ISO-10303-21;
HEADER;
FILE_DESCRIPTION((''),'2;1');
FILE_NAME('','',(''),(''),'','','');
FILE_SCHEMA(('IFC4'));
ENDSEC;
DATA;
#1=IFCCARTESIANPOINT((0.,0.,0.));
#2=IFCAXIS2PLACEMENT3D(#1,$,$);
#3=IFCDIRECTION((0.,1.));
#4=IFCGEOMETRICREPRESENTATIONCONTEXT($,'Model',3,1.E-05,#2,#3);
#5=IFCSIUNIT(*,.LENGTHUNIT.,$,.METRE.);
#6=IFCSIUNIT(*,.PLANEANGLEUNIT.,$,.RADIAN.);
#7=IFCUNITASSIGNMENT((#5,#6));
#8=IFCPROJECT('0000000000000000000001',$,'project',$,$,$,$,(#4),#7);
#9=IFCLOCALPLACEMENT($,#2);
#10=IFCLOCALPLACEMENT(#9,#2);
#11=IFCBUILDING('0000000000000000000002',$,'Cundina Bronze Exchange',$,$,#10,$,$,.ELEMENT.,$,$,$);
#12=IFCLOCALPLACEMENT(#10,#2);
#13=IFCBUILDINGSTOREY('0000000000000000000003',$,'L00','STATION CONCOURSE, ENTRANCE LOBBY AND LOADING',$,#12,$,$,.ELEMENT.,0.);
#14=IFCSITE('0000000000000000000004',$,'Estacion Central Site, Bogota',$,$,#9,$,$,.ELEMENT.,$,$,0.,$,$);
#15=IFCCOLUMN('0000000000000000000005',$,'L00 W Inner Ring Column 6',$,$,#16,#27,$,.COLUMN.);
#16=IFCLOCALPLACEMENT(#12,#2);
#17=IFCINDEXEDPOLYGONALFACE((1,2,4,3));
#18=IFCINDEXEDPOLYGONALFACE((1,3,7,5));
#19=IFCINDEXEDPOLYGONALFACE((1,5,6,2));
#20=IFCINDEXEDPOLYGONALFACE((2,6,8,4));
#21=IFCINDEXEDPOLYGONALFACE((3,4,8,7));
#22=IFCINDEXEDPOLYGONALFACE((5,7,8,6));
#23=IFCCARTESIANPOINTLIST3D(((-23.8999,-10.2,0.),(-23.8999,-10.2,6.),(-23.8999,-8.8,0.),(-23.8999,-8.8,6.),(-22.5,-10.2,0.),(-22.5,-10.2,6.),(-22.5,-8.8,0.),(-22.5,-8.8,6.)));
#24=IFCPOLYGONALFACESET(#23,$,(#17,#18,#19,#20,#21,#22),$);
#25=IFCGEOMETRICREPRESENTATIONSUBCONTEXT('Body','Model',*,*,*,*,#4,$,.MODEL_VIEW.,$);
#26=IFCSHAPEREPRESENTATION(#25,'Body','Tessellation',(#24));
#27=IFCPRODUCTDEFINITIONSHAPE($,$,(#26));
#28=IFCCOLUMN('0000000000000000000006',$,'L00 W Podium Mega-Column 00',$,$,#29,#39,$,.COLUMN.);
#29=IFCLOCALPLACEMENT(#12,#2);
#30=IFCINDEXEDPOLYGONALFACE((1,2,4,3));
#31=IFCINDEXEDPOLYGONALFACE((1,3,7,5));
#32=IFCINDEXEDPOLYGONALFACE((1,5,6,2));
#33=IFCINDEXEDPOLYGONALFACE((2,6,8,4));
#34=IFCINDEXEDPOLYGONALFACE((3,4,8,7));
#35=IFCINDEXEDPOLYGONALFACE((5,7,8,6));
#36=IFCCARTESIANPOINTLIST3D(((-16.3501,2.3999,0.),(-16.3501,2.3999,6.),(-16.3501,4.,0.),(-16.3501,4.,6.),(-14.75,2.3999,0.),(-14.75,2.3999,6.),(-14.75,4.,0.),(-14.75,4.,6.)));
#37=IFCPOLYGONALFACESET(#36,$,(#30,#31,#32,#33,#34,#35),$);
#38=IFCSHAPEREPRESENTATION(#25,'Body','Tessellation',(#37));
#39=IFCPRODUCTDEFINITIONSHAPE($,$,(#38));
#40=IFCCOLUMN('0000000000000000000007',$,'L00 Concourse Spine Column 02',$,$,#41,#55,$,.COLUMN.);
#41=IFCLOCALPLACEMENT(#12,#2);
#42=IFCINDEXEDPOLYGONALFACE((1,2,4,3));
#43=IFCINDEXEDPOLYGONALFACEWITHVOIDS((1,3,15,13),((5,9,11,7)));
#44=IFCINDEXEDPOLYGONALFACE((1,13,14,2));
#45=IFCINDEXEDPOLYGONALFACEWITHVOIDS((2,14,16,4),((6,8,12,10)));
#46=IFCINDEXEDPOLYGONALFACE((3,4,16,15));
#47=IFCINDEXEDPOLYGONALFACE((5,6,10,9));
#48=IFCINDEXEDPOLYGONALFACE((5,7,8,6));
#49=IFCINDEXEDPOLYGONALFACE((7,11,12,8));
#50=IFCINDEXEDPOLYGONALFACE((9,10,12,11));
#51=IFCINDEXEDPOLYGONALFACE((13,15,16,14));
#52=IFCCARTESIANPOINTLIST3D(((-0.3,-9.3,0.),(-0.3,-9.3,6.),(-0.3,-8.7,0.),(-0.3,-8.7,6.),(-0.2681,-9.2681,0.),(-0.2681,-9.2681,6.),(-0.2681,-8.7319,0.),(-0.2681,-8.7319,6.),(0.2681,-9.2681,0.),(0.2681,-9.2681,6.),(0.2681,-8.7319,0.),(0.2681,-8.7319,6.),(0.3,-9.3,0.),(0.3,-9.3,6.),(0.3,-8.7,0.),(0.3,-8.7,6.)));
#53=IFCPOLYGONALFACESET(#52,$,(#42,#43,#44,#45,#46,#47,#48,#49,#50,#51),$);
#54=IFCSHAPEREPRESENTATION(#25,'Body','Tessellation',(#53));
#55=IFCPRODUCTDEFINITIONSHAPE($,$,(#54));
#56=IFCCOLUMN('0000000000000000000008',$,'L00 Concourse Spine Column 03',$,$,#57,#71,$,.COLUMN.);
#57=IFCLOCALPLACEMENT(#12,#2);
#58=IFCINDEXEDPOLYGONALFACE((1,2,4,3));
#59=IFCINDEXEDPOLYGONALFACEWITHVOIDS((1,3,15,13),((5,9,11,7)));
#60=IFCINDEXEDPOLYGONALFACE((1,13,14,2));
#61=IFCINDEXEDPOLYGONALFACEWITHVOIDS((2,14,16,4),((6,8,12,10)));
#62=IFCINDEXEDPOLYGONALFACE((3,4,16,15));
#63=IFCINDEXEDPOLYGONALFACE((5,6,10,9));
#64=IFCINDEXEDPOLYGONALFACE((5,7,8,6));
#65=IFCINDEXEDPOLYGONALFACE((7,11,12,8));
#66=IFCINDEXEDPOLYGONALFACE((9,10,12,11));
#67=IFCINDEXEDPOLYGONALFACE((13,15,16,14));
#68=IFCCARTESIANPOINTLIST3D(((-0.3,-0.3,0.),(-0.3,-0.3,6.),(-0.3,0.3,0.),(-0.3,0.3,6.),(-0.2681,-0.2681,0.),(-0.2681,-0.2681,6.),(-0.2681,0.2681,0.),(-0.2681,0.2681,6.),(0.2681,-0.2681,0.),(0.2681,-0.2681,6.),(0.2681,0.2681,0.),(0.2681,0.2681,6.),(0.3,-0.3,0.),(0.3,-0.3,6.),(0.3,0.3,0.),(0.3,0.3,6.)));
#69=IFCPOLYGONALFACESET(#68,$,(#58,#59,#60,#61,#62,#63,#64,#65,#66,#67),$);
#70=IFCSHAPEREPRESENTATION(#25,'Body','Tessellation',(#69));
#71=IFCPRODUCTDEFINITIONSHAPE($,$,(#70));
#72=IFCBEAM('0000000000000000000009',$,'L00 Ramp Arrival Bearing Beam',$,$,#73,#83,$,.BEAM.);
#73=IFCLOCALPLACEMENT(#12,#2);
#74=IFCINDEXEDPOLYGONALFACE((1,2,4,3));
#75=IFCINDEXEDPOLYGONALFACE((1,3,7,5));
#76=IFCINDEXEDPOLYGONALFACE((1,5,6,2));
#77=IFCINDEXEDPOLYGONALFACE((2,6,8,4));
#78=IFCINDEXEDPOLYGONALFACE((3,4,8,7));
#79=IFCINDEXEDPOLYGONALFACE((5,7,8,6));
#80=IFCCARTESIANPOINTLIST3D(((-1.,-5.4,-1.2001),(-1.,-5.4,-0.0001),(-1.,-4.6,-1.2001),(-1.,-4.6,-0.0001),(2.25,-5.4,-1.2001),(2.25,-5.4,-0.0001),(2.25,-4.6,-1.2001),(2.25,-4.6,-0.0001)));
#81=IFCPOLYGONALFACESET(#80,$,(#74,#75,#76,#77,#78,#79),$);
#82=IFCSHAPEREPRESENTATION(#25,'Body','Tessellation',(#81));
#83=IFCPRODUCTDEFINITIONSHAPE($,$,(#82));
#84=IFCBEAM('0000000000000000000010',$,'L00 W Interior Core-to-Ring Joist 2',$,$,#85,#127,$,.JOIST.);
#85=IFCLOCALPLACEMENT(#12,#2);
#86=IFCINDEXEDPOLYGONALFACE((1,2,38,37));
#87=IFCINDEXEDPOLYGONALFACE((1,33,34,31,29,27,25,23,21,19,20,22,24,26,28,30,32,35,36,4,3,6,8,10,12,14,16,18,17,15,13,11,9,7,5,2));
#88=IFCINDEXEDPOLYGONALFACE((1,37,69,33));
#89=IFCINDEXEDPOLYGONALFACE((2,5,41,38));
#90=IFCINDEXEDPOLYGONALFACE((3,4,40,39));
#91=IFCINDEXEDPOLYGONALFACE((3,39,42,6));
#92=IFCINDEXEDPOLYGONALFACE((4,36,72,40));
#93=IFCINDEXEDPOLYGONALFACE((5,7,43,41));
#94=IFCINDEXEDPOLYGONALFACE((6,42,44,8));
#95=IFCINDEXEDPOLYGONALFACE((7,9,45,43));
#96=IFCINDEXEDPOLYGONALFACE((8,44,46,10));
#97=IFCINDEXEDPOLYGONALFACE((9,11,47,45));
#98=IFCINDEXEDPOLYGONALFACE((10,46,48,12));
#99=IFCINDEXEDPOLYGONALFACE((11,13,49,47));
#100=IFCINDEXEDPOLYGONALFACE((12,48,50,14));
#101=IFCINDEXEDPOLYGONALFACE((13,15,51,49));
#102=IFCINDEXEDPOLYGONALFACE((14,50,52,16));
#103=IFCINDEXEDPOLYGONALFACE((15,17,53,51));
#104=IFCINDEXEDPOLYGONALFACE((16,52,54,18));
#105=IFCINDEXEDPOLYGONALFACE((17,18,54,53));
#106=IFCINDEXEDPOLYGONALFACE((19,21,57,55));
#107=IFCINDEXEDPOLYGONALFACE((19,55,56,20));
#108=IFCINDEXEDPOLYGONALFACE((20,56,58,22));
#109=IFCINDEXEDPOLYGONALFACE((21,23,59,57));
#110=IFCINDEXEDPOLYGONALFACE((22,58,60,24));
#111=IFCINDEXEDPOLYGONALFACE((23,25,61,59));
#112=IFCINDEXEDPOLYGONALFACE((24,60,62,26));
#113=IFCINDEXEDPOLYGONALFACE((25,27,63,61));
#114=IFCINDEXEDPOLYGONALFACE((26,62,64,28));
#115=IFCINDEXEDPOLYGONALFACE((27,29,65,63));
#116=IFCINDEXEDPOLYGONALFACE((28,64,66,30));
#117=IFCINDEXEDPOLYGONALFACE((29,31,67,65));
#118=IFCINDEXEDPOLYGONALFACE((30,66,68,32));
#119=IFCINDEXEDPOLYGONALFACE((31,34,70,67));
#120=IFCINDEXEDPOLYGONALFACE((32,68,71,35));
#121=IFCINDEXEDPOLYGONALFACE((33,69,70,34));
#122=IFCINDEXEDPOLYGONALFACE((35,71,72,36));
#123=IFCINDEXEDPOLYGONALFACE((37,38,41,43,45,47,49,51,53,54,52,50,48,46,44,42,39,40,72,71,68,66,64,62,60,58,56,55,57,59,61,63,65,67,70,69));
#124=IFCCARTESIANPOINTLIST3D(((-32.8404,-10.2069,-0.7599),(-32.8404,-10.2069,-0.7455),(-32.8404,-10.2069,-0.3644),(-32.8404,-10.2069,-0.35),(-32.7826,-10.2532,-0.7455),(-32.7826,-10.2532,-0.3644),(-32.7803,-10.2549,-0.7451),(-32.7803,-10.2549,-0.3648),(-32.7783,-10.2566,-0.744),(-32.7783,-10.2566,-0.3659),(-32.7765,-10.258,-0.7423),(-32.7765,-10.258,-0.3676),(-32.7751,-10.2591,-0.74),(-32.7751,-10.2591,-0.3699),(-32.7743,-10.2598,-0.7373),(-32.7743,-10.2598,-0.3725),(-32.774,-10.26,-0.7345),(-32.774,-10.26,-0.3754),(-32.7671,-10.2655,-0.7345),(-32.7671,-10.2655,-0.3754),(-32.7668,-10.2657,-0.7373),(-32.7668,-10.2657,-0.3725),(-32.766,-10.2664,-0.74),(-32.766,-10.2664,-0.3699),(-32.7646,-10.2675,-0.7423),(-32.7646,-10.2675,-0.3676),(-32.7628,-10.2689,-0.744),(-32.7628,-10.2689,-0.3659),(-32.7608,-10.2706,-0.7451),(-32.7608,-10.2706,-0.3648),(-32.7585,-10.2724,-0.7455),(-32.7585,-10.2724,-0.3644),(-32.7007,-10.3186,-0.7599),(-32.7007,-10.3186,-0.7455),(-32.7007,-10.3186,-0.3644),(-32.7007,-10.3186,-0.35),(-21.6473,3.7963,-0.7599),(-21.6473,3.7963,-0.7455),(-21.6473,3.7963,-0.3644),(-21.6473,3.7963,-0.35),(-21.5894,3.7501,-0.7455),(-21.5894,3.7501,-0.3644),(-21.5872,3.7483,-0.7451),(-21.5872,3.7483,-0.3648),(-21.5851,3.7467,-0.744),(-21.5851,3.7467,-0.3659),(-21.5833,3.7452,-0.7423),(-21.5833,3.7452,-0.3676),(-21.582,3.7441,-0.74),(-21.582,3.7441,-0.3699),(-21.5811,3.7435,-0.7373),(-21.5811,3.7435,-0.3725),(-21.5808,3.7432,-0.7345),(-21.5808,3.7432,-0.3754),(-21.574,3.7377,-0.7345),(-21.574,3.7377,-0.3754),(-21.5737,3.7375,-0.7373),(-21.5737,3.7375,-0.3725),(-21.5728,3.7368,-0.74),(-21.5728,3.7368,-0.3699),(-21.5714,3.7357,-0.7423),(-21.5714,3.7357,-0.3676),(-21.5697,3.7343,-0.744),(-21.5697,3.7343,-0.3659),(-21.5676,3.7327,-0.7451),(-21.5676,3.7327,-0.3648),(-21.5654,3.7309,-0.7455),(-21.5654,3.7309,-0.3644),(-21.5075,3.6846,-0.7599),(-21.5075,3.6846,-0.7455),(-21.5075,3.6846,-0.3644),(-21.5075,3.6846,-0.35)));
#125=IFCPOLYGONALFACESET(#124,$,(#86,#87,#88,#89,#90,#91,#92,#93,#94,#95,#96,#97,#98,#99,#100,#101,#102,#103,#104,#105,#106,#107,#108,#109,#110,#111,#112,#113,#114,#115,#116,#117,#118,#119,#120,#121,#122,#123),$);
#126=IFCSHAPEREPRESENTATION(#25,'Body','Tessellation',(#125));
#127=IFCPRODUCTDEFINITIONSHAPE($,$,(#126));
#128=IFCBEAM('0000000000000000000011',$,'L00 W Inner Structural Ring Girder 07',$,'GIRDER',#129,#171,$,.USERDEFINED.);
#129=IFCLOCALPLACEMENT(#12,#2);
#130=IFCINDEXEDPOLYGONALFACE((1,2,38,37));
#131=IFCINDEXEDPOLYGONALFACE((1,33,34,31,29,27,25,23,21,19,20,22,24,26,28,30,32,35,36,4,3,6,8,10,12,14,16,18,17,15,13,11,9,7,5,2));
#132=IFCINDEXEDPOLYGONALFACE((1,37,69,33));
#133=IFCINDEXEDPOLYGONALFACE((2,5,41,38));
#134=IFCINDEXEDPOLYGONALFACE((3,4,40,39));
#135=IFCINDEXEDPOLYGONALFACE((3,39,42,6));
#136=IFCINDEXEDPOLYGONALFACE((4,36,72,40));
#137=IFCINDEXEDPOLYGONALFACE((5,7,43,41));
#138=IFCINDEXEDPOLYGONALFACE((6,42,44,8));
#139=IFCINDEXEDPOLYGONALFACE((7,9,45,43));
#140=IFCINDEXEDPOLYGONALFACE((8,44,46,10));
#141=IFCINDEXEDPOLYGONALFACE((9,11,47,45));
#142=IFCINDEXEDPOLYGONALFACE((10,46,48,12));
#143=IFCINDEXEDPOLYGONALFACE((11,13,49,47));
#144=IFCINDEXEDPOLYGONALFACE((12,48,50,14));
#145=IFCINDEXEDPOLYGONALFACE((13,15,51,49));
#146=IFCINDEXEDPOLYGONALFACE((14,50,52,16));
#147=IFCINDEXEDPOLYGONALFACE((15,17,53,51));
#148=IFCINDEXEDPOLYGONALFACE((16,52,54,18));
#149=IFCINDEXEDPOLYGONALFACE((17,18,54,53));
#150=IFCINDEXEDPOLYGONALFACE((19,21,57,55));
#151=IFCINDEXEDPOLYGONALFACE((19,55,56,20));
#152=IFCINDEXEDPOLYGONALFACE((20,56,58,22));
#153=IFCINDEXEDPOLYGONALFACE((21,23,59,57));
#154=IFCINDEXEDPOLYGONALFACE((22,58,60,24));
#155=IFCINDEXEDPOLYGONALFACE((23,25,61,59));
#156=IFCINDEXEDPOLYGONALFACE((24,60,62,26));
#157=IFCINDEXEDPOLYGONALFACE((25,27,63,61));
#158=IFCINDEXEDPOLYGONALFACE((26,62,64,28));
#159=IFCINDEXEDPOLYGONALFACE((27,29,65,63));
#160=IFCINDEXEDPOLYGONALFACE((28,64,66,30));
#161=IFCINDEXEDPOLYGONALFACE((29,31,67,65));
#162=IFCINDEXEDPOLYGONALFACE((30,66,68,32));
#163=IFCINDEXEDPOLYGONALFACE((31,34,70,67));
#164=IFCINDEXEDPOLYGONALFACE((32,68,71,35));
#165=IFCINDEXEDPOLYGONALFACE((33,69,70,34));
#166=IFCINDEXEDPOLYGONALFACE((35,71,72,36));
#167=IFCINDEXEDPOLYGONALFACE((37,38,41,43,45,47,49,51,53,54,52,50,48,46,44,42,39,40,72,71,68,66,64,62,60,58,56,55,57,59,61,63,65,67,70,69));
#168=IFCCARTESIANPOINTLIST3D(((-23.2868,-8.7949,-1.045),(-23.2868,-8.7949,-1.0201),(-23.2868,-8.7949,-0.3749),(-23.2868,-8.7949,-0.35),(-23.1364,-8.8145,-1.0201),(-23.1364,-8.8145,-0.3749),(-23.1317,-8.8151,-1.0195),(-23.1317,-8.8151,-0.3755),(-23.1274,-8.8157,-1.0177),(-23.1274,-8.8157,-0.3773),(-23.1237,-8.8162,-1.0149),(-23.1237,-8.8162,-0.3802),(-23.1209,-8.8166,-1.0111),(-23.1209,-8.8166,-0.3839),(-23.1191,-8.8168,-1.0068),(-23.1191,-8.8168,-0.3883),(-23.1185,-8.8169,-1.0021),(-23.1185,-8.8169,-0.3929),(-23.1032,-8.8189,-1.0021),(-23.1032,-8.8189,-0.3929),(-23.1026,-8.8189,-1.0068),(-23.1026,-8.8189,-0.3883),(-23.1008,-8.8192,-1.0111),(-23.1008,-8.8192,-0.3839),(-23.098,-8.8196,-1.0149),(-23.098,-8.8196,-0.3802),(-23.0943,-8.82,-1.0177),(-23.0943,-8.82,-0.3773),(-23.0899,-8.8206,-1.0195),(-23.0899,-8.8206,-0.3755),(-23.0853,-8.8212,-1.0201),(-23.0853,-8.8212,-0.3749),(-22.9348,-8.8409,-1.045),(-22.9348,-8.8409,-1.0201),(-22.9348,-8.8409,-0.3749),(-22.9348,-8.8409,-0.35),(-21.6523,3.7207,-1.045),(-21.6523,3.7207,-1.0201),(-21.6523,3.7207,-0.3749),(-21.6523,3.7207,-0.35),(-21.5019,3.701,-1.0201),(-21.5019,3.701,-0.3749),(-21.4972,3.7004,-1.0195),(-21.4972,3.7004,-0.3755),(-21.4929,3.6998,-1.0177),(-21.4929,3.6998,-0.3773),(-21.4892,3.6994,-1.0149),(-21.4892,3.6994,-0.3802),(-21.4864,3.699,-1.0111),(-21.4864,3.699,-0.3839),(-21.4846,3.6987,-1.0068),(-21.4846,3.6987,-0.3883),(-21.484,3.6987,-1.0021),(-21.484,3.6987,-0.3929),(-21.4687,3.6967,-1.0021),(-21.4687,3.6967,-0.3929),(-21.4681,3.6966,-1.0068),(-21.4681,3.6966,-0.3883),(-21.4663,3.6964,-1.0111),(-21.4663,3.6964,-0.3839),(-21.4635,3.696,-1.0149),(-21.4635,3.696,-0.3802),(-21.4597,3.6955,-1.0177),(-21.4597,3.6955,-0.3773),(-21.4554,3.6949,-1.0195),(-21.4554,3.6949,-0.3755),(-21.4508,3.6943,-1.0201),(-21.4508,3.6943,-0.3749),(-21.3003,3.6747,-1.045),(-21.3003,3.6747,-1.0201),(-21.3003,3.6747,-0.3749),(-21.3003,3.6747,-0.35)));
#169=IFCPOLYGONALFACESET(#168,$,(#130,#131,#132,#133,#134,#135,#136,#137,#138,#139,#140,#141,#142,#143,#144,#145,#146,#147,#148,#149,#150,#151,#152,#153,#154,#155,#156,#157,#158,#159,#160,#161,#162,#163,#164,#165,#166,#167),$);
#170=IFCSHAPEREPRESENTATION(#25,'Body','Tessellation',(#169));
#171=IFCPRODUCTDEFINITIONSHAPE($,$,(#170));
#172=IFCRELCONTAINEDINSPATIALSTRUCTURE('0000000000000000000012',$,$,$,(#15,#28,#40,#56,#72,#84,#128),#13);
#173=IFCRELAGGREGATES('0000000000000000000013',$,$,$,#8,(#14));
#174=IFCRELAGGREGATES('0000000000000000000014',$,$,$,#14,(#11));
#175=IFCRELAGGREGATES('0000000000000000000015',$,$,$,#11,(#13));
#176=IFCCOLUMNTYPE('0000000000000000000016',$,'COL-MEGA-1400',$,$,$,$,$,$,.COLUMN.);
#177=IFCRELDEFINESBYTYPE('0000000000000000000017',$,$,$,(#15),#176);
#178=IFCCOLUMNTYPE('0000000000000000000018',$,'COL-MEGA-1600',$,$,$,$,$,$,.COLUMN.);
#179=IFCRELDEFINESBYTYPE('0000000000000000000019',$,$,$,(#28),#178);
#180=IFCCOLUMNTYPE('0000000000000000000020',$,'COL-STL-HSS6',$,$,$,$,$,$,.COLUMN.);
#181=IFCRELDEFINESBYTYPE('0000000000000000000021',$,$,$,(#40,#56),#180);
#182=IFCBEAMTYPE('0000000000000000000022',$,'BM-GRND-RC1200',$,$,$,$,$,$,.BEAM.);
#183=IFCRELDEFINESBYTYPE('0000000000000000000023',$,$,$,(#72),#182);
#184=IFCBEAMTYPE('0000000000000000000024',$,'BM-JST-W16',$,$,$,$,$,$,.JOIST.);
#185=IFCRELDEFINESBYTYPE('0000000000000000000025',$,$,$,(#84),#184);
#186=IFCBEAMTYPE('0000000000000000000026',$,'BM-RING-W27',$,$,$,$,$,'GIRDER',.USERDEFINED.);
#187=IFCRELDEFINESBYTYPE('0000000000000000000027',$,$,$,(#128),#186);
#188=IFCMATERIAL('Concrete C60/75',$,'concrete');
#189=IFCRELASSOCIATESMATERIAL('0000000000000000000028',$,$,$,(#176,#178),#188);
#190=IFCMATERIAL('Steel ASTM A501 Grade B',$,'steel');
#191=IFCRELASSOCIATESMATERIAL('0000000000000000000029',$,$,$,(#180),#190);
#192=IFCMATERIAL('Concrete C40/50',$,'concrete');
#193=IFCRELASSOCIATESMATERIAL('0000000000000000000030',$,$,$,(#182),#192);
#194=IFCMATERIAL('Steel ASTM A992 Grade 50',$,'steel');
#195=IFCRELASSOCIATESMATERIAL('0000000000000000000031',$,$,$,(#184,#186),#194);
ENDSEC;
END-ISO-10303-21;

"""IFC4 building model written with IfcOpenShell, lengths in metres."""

from ifc_helpers import new_model, si_unit, direction, frame, origin, origin_2d, place, context, subcontext, project, spatial, rectangle, hollow_rectangle, i_section, extrude, material, material_profile, profile_set, type_object, element, save


model = new_model("IFC4")

# Units and contexts
model_context = context("Model", 3, precision=1e-05, world=origin(), true_north=direction((0.0, 1.0)))
body_context = subcontext(model_context, "Body", "Model", "MODEL_VIEW")
ifc_project = project(units=[si_unit("LENGTHUNIT", "METRE"), si_unit("PLANEANGLEUNIT", "RADIAN")], contexts=[model_context])

# Site, building, storey
site_placement = place(None, origin())
site = spatial("IfcSite", under=ifc_project, at=site_placement, Name="Estacion Central Site, Bogota", CompositionType="ELEMENT", RefElevation=0.0)
building_placement = place(site_placement, origin())
building = spatial("IfcBuilding", under=site, at=building_placement, Name="Cundina Bronze Exchange", CompositionType="ELEMENT")
storey_placement = place(building_placement, origin())
storey = spatial("IfcBuildingStorey", under=building, at=storey_placement, Name="L00", Description="STATION CONCOURSE, ENTRANCE LOBBY AND LOADING", CompositionType="ELEMENT", Elevation=0.0)

# Columns
ifc_material_1 = material(Name="Concrete C60/75", Category="concrete")
ifc_material_profile_1 = material_profile(ifc_material_1, rectangle(XDim=1.3999, YDim=1.3999, at=origin_2d()), Name="RC1400X1400", Category="concrete")
ifc_profile_set_1 = profile_set([ifc_material_profile_1], Name="Concrete C60/75")
column_type_1 = type_object("IfcColumnType", Name="COL-MEGA-1400", PredefinedType="COLUMN", material=ifc_profile_set_1)
column_1_placement = place(storey_placement, frame((-23.2, -9.5, 0.0), z_axis=(0.0, 0.0, 1.0), x_axis=(1.0, 0.0, 0.0)))
element("IfcColumn", 1, at=column_1_placement, inside=storey, type_object=column_type_1, Name="L00 W Inner Ring Column 6", PredefinedType="COLUMN", context=body_context, shape_type="SweptSolid", body=[
    extrude(rectangle(XDim=1.3999, YDim=1.3999, at=origin_2d()), origin(), (0.0, 0.0, 1.0), 6.0),
])
ifc_material_profile_2 = material_profile(ifc_material_1, rectangle(XDim=1.6001, YDim=1.6001, at=origin_2d()), Name="RC1600X1600", Category="concrete")
ifc_profile_set_2 = profile_set([ifc_material_profile_2], Name="Concrete C60/75")
column_type_2 = type_object("IfcColumnType", Name="COL-MEGA-1600", PredefinedType="COLUMN", material=ifc_profile_set_2)
column_2_placement = place(storey_placement, frame((-15.55, 3.2, 0.0), z_axis=(0.0, 0.0, 1.0), x_axis=(1.0, 0.0, 0.0)))
element("IfcColumn", 2, at=column_2_placement, inside=storey, type_object=column_type_2, Name="L00 W Podium Mega-Column 00", PredefinedType="COLUMN", context=body_context, shape_type="SweptSolid", body=[
    extrude(rectangle(XDim=1.6001, YDim=1.6001, at=origin_2d()), origin(), (0.0, 0.0, 1.0), 6.0),
])
ifc_material_2 = material(Name="Steel ASTM A501 Grade B", Category="steel")
ifc_material_profile_3 = material_profile(ifc_material_2, hollow_rectangle(XDim=0.6001, YDim=0.6001, WallThickness=0.032, at=origin_2d()), Name="HSS600X600X32", Category="steel")
ifc_profile_set_3 = profile_set([ifc_material_profile_3], Name="Steel ASTM A501 Grade B")
column_type_3 = type_object("IfcColumnType", Name="COL-STL-HSS6", PredefinedType="COLUMN", material=ifc_profile_set_3)
for number, where, z_axis, x_axis, name in (
    (3, (0.0, -9.0, 0.0), (0.0, 0.0, 1.0), (1.0, 0.0, 0.0), "L00 Concourse Spine Column 02"),
    (4, (0.0, 0.0, 0.0), (0.0, 0.0, 1.0), (1.0, 0.0, 0.0), "L00 Concourse Spine Column 03"),
):
    element("IfcColumn", number, at=place(storey_placement, frame(where, z_axis=z_axis, x_axis=x_axis)), inside=storey, type_object=column_type_3, Name=name, PredefinedType="COLUMN", context=body_context, shape_type="SweptSolid", body=[
        extrude(hollow_rectangle(XDim=0.6001, YDim=0.6001, WallThickness=0.032, at=origin_2d()), origin(), (0.0, 0.0, 1.0), 6.0),
    ])

# Beams
ifc_material_3 = material(Name="Concrete C40/50", Category="concrete")
ifc_material_profile_4 = material_profile(ifc_material_3, rectangle(XDim=0.8, YDim=1.2, at=origin_2d()), Name="RC800X1200", Category="concrete")
ifc_profile_set_4 = profile_set([ifc_material_profile_4], Name="Concrete C40/50")
beam_type_1 = type_object("IfcBeamType", Name="BM-GRND-RC1200", PredefinedType="BEAM", material=ifc_profile_set_4)
beam_1_placement = place(storey_placement, frame((-1.0, -5.0, -0.6001), z_axis=(1.0, 0.0, 0.0), x_axis=(0.0, 1.0, 0.0)))
element("IfcBeam", 5, at=beam_1_placement, inside=storey, type_object=beam_type_1, Name="L00 Ramp Arrival Bearing Beam", PredefinedType="BEAM", context=body_context, shape_type="SweptSolid", body=[
    extrude(rectangle(XDim=0.8, YDim=1.2, at=origin_2d()), origin(), (0.0, 0.0, 1.0), 3.25),
])
ifc_material_4 = material(Name="Steel ASTM A992 Grade 50", Category="steel")
ifc_material_profile_5 = material_profile(ifc_material_4, i_section(OverallWidth=0.179, OverallDepth=0.4099, WebThickness=0.0088, FlangeThickness=0.0144, FilletRadius=0.011, at=origin_2d()), Name="W16X45", Category="steel")
ifc_profile_set_5 = profile_set([ifc_material_profile_5], Name="Steel ASTM A992 Grade 50")
beam_type_2 = type_object("IfcBeamType", Name="BM-JST-W16", PredefinedType="JOIST", material=ifc_profile_set_5)
beam_2_placement = place(storey_placement, frame((-21.5774, 3.7405, -0.5549), z_axis=(-0.624374, -0.781125, 0.0), x_axis=(0.781125, -0.624374, 0.0)))
element("IfcBeam", 6, at=beam_2_placement, inside=storey, type_object=beam_type_2, Name="L00 W Interior Core-to-Ring Joist 2", PredefinedType="JOIST", context=body_context, shape_type="SweptSolid", body=[
    extrude(i_section(OverallWidth=0.179, OverallDepth=0.4099, WebThickness=0.0088, FlangeThickness=0.0144, FilletRadius=0.011, at=origin_2d()), origin(), (0.0, 0.0, 1.0), 17.927),
])
ifc_material_profile_6 = material_profile(ifc_material_4, i_section(OverallWidth=0.355, OverallDepth=0.6951, WebThickness=0.0154, FlangeThickness=0.0249, FilletRadius=0.0181, at=origin_2d()), Name="W27X146", Category="steel")
ifc_profile_set_6 = profile_set([ifc_material_profile_6], Name="Steel ASTM A992 Grade 50")
beam_type_3 = type_object("IfcBeamType", Name="BM-RING-W27", ElementType="GIRDER", PredefinedType="USERDEFINED", material=ifc_profile_set_6)
beam_3_placement = place(storey_placement, frame((-23.1108, -8.8179, -0.6975), z_axis=(0.129499, 0.99158, 0.0), x_axis=(-0.99158, 0.129499, 0.0)))
element("IfcBeam", 7, at=beam_3_placement, inside=storey, type_object=beam_type_3, Name="L00 W Inner Structural Ring Girder 07", ObjectType="GIRDER", PredefinedType="USERDEFINED", context=body_context, shape_type="SweptSolid", body=[
    extrude(i_section(OverallWidth=0.355, OverallDepth=0.6951, WebThickness=0.0154, FlangeThickness=0.0249, FilletRadius=0.0181, at=origin_2d()), origin(), (0.0, 0.0, 1.0), 12.6218),
])

save(model, "model.ifc")
